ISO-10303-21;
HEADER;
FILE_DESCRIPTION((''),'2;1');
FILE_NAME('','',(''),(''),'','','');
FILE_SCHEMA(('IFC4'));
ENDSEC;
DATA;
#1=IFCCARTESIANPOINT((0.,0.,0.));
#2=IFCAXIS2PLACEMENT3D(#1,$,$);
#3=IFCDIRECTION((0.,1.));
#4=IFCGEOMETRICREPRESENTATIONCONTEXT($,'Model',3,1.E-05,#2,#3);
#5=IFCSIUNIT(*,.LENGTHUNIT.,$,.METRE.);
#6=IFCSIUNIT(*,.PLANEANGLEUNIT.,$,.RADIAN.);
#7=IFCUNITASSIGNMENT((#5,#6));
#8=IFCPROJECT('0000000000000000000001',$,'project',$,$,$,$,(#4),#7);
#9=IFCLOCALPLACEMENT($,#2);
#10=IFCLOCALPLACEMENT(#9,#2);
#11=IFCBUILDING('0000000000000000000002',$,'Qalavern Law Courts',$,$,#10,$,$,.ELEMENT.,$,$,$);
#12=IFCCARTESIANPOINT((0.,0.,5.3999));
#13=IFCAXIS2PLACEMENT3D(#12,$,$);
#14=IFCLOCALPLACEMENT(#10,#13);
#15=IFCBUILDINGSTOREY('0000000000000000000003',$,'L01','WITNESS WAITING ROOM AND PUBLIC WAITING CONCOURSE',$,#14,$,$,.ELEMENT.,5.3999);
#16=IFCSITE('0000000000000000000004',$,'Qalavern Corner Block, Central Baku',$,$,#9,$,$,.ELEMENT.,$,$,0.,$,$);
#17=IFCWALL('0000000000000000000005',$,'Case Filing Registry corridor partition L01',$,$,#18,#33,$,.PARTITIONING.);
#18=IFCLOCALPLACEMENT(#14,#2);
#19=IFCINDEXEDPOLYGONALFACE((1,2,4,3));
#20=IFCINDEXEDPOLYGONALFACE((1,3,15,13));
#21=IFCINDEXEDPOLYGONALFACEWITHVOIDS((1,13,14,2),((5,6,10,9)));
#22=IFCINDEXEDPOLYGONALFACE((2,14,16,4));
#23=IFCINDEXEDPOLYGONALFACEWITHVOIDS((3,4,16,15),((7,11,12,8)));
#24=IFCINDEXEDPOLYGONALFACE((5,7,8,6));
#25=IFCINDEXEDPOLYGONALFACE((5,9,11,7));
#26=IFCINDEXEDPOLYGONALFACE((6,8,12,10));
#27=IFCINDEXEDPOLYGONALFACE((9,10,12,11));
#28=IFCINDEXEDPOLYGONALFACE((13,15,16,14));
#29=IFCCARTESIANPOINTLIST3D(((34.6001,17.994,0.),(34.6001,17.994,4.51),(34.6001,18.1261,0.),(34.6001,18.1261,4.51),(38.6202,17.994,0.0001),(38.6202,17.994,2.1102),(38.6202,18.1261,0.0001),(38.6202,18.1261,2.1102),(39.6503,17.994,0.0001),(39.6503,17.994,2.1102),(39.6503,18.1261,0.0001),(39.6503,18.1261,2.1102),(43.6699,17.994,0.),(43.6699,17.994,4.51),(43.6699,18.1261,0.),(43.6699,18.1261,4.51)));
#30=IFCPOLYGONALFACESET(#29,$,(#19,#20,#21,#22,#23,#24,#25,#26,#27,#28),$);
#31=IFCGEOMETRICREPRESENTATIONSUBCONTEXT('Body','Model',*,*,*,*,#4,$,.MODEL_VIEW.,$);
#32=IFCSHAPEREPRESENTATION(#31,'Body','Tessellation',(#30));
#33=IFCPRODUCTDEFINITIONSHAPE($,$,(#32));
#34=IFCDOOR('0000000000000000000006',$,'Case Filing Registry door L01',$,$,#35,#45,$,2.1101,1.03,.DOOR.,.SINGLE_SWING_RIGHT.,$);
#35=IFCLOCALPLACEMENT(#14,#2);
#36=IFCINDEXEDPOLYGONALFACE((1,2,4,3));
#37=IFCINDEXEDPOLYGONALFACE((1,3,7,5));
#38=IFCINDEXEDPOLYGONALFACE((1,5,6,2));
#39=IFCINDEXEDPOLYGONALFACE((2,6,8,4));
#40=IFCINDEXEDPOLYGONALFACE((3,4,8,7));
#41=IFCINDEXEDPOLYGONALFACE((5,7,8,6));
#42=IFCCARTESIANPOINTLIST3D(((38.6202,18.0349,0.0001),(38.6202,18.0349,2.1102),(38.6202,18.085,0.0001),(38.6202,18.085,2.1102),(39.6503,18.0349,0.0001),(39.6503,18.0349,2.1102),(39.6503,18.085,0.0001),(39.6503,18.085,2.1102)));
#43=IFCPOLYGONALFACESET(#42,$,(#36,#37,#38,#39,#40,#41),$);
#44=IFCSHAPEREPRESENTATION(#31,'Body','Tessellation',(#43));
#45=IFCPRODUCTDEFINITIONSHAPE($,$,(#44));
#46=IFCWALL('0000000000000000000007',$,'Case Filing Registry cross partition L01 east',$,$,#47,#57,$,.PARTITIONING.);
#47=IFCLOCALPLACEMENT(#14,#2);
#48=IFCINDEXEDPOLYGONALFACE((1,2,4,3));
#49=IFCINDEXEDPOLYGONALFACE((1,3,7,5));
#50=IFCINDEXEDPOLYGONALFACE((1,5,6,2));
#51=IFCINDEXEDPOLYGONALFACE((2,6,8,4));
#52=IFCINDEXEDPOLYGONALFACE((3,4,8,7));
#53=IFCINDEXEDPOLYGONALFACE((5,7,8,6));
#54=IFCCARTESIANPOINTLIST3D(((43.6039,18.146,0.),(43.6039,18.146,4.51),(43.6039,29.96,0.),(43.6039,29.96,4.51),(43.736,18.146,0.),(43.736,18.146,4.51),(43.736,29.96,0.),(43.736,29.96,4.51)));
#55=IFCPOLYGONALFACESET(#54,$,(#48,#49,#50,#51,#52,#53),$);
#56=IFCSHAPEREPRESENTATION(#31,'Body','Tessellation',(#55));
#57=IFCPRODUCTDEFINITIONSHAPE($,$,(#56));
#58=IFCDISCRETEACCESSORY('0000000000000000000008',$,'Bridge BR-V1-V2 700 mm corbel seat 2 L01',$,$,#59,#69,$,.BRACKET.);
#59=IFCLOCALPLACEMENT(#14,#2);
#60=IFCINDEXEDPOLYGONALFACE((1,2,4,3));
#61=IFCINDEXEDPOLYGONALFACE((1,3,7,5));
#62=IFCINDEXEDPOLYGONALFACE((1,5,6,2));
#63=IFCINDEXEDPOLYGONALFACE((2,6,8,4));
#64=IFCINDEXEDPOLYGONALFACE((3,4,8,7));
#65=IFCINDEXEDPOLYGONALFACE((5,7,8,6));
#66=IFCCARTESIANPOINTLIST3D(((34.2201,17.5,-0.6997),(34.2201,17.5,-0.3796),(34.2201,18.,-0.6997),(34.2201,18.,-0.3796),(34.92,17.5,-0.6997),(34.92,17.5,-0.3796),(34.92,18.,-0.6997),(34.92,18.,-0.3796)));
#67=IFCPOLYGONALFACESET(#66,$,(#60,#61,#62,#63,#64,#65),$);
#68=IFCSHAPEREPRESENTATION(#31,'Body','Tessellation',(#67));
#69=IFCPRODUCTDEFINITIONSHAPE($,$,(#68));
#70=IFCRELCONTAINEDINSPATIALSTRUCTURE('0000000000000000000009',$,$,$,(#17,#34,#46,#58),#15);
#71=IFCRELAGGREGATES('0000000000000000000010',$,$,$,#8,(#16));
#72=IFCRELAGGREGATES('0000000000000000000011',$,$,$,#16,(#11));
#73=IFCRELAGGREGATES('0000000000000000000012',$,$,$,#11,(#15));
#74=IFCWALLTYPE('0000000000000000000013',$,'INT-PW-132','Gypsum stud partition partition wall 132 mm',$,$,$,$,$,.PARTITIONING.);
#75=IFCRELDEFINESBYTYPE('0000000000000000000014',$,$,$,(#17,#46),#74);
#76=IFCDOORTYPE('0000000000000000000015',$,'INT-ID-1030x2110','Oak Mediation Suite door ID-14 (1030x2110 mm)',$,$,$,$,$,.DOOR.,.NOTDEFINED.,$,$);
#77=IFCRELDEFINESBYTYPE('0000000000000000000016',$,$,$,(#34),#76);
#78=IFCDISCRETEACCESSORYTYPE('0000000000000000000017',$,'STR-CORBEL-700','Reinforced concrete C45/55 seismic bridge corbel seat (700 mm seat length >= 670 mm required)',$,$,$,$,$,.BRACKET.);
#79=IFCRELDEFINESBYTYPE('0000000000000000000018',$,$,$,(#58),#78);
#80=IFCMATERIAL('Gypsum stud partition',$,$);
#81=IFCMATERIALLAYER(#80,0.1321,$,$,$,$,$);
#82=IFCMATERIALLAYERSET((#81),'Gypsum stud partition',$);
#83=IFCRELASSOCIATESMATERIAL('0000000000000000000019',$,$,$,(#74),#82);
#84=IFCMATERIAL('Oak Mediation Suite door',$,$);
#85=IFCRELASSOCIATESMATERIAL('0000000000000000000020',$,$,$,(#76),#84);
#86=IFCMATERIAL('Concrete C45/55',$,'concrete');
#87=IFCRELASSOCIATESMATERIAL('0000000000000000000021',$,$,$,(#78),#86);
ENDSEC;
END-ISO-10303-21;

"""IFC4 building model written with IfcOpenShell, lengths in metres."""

from ifc_helpers import new_model, si_unit, direction, frame, frame_2d, origin, origin_2d, place, context, subcontext, project, spatial, rectangle, extrude, material, layer, layer_set, type_object, element, fill, save


model = new_model("IFC4")

# Units and contexts
model_context = context("Model", 3, precision=1e-05, world=origin(), true_north=direction((0.0, 1.0)))
body_context = subcontext(model_context, "Body", "Model", "MODEL_VIEW")
ifc_project = project(units=[si_unit("LENGTHUNIT", "METRE"), si_unit("PLANEANGLEUNIT", "RADIAN")], contexts=[model_context])

# Site, building, storey
site_placement = place(None, origin())
site = spatial("IfcSite", under=ifc_project, at=site_placement, Name="Qalavern Corner Block, Central Baku", CompositionType="ELEMENT", RefElevation=0.0)
building_placement = place(site_placement, origin())
building = spatial("IfcBuilding", under=site, at=building_placement, Name="Qalavern Law Courts", CompositionType="ELEMENT")
storey_placement = place(building_placement, frame((0.0, 0.0, 5.3999)))
storey = spatial("IfcBuildingStorey", under=building, at=storey_placement, Name="L01", Description="WITNESS WAITING ROOM AND PUBLIC WAITING CONCOURSE", CompositionType="ELEMENT", Elevation=5.3999)

# Shared definitions
ifc_material_1 = material(Name="Concrete C45/55", Category="concrete")

# Wall, opening, door
ifc_material_2 = material(Name="Gypsum stud partition")
ifc_layer_1 = layer(ifc_material_2, 0.1321)
ifc_layer_set_1 = layer_set([ifc_layer_1], Name="Gypsum stud partition")
wall_type_1 = type_object("IfcWallType", Name="INT-PW-132", Description="Gypsum stud partition partition wall 132 mm", PredefinedType="PARTITIONING", material=ifc_layer_set_1)
wall_1_placement = place(storey_placement, frame((34.6001, 18.0601, 0.0), z_axis=(0.0, 0.0, 1.0), x_axis=(1.0, 0.0, 0.0)))
wall_1 = element("IfcWall", 1, at=wall_1_placement, inside=storey, type_object=wall_type_1, Name="Case Filing Registry corridor partition L01", PredefinedType="PARTITIONING", context=body_context, shape_type="SweptSolid", body=[
    extrude(rectangle(XDim=9.0698, YDim=0.1321, at=frame_2d((4.5349, 0.0))), origin(), (0.0, 0.0, 1.0), 4.51),
])
opening_1_placement = place(wall_1_placement, frame((4.02, 0.0, 0.0)))
opening_1 = element("IfcOpeningElement", 2, at=opening_1_placement, cuts=wall_1, PredefinedType="OPENING", context=body_context, shape_type="SweptSolid", body=[
    extrude(rectangle(XDim=1.03, YDim=2.1101, at=frame_2d((0.5151, 1.0552))), frame((0.0, 0.0811, 0.0), z_axis=(0.0, -1.0, 0.0), x_axis=(1.0, 0.0, 0.0)), (0.0, 0.0, 1.0), 0.1619),
])
ifc_material_3 = material(Name="Oak Mediation Suite door")
door_type_1 = type_object("IfcDoorType", Name="INT-ID-1030x2110", Description="Oak Mediation Suite door ID-14 (1030x2110 mm)", OperationType="NOTDEFINED", PredefinedType="DOOR", material=ifc_material_3)
door_1_placement = place(opening_1_placement, origin())
door_1 = element("IfcDoor", 3, at=door_1_placement, inside=storey, type_object=door_type_1, Name="Case Filing Registry door L01", OperationType="SINGLE_SWING_RIGHT", OverallHeight=2.1101, OverallWidth=1.03, PredefinedType="DOOR", context=body_context, shape_type="SweptSolid", body=[
    extrude(rectangle(XDim=1.03, YDim=2.1101, at=frame_2d((0.5151, 1.0552))), frame((0.0, 0.0249, 0.0), z_axis=(0.0, -1.0, 0.0), x_axis=(1.0, 0.0, 0.0)), (0.0, 0.0, 1.0), 0.05),
])
fill(opening_1, door_1)

# Wall
wall_2_placement = place(storey_placement, frame((43.6699, 18.146, 0.0), z_axis=(0.0, 0.0, 1.0), x_axis=(0.0, 1.0, 0.0)))
element("IfcWall", 4, at=wall_2_placement, inside=storey, type_object=wall_type_1, Name="Case Filing Registry cross partition L01 east", PredefinedType="PARTITIONING", context=body_context, shape_type="SweptSolid", body=[
    extrude(rectangle(XDim=11.814, YDim=0.1321, at=frame_2d((5.907, 0.0))), origin(), (0.0, 0.0, 1.0), 4.51),
])

# Discrete accessory
discrete_accessory_type = type_object("IfcDiscreteAccessoryType", Name="STR-CORBEL-700", Description="Reinforced concrete C45/55 seismic bridge corbel seat (700 mm seat length >= 670 mm required)", PredefinedType="BRACKET", material=ifc_material_1)
discrete_accessory_placement = place(storey_placement, frame((34.5701, 17.75, -0.6997), z_axis=(0.0, 0.0, 1.0), x_axis=(1.0, 0.0, 0.0)))
element("IfcDiscreteAccessory", 5, at=discrete_accessory_placement, inside=storey, type_object=discrete_accessory_type, Name="Bridge BR-V1-V2 700 mm corbel seat 2 L01", PredefinedType="BRACKET", context=body_context, shape_type="SweptSolid", body=[
    extrude(rectangle(XDim=0.7, YDim=0.5, at=origin_2d()), origin(), (0.0, 0.0, 1.0), 0.3201),
])

save(model, "model.ifc")
